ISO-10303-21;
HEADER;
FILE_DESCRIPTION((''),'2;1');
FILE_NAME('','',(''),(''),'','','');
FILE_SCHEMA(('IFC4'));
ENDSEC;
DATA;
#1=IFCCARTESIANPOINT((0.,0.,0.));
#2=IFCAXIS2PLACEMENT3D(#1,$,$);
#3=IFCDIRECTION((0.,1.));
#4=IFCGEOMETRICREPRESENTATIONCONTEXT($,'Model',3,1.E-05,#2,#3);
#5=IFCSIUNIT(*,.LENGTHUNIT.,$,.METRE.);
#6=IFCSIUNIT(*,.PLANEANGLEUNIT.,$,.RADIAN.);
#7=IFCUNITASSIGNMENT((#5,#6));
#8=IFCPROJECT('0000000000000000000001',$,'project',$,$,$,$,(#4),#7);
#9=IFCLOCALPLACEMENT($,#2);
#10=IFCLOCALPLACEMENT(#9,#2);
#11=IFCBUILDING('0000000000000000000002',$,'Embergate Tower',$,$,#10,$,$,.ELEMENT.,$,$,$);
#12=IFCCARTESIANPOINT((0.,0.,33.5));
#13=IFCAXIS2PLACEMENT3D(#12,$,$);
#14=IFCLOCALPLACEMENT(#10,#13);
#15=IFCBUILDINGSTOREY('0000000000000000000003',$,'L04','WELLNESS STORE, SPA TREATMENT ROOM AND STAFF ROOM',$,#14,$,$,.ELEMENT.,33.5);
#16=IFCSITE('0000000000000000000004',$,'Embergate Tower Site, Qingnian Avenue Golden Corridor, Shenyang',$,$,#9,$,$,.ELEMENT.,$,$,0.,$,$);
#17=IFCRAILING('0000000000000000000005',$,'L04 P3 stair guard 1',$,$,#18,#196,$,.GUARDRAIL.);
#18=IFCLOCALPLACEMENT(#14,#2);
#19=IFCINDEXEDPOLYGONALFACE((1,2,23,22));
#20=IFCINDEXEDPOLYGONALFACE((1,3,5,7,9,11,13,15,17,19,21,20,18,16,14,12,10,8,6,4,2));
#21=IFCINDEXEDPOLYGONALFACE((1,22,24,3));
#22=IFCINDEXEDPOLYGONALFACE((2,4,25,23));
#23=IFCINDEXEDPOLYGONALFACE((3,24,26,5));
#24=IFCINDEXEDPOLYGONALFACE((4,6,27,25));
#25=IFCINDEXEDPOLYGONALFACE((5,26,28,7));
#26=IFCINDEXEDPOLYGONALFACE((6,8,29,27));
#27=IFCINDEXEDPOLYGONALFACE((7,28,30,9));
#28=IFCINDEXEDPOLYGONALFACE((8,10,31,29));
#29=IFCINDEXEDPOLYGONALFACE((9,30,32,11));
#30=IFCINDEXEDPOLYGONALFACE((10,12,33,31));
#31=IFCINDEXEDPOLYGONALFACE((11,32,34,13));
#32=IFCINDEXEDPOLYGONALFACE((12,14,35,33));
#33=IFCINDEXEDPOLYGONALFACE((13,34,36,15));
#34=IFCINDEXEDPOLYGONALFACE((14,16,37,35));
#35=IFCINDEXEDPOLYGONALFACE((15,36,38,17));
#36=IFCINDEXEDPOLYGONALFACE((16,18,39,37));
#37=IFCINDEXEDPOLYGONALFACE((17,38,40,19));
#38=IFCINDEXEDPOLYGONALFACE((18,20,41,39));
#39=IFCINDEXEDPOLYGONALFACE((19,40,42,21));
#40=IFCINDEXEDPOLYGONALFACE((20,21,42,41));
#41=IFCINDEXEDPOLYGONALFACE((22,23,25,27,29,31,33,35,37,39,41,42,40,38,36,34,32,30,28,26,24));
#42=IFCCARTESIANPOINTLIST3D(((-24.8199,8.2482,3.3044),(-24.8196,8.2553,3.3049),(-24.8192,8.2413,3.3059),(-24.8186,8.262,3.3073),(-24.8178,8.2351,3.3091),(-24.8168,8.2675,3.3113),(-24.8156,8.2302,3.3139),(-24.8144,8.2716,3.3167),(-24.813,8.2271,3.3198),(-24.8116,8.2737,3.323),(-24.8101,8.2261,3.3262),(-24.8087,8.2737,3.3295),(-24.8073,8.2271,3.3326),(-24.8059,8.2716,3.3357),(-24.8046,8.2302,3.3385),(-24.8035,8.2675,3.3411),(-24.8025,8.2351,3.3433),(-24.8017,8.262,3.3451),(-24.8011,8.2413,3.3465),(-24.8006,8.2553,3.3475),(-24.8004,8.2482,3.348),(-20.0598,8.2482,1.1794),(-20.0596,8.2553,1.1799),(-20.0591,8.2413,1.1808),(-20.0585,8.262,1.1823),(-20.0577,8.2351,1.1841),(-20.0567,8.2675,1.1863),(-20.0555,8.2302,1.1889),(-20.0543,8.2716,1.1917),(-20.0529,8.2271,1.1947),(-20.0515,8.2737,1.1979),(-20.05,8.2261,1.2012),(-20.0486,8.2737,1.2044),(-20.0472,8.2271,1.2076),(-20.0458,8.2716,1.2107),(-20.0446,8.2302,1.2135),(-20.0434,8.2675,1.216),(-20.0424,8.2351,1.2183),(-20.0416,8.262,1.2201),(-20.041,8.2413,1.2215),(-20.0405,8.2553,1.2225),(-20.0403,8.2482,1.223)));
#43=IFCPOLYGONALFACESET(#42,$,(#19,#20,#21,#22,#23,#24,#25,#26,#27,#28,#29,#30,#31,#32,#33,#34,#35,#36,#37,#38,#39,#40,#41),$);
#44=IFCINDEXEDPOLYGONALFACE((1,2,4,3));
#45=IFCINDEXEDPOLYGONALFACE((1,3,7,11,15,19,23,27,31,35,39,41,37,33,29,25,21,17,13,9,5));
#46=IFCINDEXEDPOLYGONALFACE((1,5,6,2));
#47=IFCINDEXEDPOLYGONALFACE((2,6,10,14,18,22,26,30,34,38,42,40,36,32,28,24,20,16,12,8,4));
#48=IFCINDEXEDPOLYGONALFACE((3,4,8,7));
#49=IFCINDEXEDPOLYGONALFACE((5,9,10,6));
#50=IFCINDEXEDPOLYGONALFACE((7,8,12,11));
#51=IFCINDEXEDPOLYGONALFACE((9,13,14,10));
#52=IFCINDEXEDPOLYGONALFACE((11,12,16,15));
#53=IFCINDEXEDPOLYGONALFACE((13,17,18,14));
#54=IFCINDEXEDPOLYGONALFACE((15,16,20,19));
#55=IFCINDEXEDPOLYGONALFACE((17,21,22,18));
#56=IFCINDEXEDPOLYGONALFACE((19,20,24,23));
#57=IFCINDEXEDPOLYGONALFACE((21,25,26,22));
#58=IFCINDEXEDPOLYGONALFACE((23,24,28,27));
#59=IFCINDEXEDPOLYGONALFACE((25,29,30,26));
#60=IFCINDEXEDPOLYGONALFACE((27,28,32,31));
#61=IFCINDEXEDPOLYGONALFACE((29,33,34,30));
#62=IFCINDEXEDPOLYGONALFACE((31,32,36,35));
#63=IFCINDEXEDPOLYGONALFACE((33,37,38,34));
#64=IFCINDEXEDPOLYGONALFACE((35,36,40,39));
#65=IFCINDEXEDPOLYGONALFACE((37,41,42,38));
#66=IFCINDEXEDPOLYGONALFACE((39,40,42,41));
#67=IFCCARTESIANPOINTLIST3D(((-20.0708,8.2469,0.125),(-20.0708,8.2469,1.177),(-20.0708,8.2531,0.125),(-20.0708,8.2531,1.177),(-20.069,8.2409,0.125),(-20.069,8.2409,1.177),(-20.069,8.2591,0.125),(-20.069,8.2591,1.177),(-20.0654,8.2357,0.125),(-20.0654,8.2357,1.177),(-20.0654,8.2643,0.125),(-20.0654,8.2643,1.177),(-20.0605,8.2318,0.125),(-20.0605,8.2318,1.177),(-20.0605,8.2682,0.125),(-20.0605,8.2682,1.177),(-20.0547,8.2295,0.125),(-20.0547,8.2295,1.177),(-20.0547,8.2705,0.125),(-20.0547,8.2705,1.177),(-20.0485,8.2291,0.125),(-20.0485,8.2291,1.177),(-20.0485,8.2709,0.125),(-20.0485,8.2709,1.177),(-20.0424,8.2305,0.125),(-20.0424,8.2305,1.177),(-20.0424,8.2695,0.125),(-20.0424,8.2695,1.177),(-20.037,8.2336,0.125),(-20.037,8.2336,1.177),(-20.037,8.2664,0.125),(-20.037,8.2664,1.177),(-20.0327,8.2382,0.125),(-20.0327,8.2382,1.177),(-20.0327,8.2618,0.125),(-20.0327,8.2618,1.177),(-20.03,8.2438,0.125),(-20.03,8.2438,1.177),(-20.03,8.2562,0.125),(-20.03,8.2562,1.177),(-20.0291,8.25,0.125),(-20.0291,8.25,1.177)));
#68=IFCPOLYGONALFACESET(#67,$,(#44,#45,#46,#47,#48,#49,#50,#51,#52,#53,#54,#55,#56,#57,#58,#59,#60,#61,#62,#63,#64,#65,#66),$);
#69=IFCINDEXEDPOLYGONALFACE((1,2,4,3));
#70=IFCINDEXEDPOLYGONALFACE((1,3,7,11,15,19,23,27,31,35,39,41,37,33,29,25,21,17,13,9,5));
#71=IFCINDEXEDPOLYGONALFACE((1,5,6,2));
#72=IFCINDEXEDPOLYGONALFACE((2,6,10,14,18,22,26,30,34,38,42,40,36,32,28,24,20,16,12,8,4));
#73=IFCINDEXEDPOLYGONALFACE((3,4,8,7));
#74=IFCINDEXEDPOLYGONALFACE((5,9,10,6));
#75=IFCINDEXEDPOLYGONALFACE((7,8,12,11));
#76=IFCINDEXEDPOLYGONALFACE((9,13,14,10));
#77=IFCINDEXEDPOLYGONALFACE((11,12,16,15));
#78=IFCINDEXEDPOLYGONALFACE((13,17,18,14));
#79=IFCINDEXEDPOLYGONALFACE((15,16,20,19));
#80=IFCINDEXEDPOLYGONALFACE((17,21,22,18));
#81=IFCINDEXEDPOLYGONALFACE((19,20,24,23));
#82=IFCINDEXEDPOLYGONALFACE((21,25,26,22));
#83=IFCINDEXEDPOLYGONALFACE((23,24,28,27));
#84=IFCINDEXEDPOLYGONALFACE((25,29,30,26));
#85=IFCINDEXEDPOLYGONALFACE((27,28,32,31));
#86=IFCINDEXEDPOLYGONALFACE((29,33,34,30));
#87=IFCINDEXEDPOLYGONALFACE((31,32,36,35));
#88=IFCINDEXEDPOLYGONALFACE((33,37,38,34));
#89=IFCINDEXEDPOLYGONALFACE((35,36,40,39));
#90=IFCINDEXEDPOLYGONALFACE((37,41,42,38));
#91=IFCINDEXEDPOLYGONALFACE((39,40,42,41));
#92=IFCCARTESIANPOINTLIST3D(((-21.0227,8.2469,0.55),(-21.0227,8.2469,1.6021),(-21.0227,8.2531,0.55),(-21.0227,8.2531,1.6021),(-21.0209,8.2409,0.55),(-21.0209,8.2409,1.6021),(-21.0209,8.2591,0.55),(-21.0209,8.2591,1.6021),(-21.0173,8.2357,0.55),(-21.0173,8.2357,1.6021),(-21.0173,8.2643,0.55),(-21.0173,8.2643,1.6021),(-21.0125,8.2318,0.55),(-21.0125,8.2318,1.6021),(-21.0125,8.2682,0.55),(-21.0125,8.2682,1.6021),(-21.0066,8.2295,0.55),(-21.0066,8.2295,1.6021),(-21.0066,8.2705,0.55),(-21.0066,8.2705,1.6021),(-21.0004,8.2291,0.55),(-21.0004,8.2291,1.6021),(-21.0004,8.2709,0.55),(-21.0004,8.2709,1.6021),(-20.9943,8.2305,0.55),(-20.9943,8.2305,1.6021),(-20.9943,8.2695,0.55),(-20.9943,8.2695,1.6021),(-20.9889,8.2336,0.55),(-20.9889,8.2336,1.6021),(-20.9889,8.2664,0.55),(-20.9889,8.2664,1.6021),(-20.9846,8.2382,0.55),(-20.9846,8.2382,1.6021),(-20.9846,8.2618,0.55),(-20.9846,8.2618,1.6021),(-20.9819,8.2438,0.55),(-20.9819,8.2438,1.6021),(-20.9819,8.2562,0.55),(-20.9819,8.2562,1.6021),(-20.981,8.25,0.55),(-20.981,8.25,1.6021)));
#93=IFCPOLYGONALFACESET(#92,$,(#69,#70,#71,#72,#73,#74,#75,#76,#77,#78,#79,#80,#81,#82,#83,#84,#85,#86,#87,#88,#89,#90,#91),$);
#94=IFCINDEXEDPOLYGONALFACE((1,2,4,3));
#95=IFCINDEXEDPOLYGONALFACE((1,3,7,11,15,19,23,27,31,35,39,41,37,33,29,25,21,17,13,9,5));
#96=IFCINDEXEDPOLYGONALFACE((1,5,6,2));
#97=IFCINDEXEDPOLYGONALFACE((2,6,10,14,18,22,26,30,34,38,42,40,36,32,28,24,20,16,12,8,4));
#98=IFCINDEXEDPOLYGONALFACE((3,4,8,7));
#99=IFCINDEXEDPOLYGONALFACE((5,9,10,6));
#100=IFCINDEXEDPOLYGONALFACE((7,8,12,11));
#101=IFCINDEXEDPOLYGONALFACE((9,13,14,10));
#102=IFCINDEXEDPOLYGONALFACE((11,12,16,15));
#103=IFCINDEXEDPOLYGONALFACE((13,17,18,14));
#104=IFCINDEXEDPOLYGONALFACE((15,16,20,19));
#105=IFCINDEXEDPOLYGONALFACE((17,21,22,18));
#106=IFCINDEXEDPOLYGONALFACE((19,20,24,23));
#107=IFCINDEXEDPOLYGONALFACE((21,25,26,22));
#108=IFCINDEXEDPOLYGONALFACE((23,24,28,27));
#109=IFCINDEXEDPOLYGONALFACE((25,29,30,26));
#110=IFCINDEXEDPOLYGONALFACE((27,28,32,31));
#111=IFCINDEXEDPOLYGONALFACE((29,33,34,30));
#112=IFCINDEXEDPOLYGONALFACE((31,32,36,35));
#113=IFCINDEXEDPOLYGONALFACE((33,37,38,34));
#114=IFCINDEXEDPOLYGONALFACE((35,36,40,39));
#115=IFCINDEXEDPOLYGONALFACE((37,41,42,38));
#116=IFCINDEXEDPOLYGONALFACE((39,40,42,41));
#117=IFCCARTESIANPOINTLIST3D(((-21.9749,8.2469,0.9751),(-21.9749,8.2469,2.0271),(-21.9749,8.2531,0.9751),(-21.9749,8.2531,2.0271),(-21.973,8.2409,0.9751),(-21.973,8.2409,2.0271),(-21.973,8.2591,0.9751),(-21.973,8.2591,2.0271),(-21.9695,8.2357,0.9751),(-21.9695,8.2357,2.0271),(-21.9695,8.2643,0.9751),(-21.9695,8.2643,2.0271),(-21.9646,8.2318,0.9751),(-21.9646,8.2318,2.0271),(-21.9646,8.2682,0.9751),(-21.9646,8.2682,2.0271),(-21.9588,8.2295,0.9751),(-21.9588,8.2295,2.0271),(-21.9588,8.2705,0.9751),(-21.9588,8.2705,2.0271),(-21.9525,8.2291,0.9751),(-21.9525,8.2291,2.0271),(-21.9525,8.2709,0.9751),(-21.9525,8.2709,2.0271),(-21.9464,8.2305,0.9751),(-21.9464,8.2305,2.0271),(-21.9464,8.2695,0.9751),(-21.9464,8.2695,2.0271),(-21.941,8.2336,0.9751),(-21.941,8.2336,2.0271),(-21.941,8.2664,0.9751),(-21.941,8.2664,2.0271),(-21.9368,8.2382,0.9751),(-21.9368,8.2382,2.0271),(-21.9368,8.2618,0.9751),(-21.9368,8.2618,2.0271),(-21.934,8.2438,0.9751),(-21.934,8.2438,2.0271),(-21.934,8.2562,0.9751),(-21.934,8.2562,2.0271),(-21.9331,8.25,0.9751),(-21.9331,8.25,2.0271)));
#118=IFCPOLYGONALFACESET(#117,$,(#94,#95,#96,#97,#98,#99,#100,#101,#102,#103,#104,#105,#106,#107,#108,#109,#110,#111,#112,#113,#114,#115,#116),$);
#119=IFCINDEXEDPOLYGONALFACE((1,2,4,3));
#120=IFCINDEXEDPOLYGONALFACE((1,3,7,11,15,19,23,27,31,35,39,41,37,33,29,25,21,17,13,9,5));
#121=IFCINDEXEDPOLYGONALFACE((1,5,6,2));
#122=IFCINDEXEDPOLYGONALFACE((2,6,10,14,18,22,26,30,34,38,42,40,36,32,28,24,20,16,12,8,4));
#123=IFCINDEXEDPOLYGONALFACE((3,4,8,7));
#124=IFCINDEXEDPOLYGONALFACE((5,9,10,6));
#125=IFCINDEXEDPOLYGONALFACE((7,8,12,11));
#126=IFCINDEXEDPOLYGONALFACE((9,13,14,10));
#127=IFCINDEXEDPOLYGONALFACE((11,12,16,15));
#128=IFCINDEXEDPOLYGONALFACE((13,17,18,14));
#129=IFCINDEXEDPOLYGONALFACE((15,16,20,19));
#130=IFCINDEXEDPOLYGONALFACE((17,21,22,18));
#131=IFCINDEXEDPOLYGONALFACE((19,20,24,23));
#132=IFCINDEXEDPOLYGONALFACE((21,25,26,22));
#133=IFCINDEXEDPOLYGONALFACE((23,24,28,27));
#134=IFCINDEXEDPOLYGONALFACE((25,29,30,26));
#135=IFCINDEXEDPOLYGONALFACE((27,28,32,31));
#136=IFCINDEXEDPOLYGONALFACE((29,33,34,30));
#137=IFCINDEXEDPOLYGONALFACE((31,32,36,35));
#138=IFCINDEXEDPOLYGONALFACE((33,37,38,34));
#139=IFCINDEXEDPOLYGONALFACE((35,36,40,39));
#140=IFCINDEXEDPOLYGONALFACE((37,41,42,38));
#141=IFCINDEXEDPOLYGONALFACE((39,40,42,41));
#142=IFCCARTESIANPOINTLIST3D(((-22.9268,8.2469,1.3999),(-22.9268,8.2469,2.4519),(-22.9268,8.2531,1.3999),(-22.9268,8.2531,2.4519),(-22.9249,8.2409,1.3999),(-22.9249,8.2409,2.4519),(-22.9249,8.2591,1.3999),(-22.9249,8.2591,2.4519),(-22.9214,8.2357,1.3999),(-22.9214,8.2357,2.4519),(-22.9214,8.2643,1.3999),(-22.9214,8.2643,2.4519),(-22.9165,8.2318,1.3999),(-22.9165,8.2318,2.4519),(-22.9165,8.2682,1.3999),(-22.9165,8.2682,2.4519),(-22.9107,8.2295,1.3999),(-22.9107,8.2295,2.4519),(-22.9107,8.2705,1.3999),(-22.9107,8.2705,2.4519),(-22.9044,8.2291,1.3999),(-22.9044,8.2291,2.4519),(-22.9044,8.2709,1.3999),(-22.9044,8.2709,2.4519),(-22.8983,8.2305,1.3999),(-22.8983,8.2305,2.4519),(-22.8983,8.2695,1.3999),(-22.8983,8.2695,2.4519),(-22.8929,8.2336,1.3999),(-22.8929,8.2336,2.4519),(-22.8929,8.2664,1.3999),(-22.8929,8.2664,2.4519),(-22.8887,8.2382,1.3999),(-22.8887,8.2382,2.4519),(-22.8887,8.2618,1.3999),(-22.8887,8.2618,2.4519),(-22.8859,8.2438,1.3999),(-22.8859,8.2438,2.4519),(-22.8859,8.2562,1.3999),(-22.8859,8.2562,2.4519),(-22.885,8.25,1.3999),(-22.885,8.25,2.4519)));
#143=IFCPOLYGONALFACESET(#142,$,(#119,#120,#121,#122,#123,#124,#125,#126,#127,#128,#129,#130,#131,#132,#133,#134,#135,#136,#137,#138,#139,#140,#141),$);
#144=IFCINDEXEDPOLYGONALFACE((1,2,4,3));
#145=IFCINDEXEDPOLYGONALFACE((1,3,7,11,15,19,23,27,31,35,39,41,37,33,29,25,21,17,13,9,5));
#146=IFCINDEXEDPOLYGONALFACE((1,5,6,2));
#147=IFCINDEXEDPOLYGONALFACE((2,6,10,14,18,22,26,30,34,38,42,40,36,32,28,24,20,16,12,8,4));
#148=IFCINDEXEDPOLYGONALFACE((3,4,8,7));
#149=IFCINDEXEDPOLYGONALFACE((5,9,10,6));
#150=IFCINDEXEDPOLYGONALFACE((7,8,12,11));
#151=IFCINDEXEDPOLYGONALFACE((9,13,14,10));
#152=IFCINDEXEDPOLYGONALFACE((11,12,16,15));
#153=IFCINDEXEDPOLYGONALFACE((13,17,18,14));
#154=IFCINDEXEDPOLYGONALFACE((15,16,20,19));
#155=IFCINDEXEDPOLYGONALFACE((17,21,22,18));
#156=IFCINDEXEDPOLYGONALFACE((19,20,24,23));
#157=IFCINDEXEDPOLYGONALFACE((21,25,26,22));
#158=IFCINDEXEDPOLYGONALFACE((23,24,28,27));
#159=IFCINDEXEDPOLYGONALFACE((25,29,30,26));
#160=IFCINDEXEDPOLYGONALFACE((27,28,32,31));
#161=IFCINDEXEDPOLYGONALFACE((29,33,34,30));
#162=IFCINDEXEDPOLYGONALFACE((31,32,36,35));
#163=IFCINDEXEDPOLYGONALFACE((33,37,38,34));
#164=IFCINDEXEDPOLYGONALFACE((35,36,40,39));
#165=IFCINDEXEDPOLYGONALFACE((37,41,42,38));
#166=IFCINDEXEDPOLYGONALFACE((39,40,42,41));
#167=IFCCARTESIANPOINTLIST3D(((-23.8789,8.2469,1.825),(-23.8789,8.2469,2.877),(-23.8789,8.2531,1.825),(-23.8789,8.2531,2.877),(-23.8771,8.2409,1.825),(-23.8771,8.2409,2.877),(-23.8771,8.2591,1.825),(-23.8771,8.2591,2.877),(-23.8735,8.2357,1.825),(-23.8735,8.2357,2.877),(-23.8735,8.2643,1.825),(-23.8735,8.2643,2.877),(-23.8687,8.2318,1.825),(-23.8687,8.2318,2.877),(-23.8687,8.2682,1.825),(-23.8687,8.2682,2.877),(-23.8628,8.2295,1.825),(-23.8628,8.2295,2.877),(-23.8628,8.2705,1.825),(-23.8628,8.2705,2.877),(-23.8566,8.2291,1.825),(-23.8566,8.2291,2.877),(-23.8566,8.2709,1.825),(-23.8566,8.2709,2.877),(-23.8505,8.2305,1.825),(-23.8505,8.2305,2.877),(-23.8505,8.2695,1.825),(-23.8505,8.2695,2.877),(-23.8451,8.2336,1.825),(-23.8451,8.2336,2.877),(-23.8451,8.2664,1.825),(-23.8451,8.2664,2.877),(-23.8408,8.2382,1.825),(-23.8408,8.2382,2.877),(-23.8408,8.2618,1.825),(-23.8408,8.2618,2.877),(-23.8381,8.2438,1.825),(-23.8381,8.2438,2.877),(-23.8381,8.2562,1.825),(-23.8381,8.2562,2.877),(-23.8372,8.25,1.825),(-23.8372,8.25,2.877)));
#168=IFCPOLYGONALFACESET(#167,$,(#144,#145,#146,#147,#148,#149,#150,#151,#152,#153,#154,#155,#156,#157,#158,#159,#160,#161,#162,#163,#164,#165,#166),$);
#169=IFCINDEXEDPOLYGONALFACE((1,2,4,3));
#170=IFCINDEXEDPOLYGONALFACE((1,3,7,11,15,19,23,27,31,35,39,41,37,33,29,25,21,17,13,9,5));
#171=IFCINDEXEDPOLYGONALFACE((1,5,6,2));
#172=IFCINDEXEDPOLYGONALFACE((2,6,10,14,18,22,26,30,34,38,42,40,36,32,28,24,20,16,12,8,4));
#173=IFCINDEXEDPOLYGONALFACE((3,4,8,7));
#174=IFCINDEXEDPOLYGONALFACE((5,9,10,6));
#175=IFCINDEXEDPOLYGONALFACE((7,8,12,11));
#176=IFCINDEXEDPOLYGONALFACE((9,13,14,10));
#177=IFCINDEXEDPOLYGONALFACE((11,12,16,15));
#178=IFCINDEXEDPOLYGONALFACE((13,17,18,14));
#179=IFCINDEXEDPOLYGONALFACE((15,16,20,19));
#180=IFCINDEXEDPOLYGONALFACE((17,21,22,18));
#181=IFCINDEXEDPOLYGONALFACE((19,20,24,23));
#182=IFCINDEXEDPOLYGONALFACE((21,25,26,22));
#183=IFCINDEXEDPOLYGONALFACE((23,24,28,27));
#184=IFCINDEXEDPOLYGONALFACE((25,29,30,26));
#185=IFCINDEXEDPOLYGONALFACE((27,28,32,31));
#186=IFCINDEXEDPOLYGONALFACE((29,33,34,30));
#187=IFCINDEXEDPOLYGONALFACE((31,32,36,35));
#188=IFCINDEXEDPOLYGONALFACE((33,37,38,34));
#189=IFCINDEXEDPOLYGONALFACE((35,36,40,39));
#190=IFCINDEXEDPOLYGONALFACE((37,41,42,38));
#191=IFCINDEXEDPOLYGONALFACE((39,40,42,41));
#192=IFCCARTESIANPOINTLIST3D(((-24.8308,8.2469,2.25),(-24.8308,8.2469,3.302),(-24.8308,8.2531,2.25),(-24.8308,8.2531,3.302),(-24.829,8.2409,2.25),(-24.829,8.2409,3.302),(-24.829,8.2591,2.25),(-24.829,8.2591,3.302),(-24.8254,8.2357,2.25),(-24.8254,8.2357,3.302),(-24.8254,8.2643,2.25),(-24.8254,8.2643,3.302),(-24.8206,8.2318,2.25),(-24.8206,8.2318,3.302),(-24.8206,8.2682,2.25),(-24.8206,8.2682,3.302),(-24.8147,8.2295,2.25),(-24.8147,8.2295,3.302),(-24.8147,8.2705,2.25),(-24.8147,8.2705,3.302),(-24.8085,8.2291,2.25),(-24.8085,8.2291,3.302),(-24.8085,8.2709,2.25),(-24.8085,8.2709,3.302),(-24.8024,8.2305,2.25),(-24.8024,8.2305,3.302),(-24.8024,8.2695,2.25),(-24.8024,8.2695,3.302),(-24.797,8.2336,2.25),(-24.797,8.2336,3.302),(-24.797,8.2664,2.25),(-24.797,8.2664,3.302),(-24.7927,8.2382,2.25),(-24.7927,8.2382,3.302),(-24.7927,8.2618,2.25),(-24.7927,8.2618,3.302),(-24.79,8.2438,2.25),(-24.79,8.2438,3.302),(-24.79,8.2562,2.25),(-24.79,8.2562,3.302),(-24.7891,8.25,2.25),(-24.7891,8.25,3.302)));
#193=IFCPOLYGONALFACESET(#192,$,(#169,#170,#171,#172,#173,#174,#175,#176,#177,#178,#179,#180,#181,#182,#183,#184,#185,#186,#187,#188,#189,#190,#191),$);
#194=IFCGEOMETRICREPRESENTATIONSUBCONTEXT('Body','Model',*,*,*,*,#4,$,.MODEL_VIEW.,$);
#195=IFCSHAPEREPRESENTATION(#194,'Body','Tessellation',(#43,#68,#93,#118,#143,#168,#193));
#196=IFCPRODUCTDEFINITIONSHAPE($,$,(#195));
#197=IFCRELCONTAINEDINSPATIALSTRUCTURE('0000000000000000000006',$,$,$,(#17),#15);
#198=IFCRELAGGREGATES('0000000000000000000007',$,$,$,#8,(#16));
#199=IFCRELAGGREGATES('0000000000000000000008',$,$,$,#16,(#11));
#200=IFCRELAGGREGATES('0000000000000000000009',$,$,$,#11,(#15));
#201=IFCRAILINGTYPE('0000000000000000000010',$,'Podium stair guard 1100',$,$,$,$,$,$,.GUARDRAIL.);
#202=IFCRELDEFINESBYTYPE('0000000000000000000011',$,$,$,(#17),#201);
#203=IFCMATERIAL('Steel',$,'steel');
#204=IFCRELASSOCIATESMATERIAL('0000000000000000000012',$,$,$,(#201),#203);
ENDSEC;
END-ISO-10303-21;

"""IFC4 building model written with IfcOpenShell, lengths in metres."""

from ifc_helpers import new_model, si_unit, direction, frame, origin, origin_2d, place, context, subcontext, project, spatial, circle, extrude, source, transform, mapped, material, type_object, element, save


model = new_model("IFC4")

# Units and contexts
model_context = context("Model", 3, precision=1e-05, world=origin(), true_north=direction((0.0, 1.0)))
body_context = subcontext(model_context, "Body", "Model", "MODEL_VIEW")
ifc_project = project(units=[si_unit("LENGTHUNIT", "METRE"), si_unit("PLANEANGLEUNIT", "RADIAN")], contexts=[model_context])

# Site, building, storey
site_placement = place(None, origin())
site = spatial("IfcSite", under=ifc_project, at=site_placement, Name="Embergate Tower Site, Qingnian Avenue Golden Corridor, Shenyang", CompositionType="ELEMENT", RefElevation=0.0)
building_placement = place(site_placement, origin())
building = spatial("IfcBuilding", under=site, at=building_placement, Name="Embergate Tower", CompositionType="ELEMENT")
storey_placement = place(building_placement, frame((0.0, 0.0, 33.5)))
storey = spatial("IfcBuildingStorey", under=building, at=storey_placement, Name="L04", Description="WELLNESS STORE, SPA TREATMENT ROOM AND STAFF ROOM", CompositionType="ELEMENT", Elevation=33.5)

# Railing
ifc_material_1 = material(Name="Steel", Category="steel")
railing_type_1 = type_object("IfcRailingType", Name="Podium stair guard 1100", PredefinedType="GUARDRAIL", material=ifc_material_1)
shared_shape_1 = source(origin(), body_context, "Body", "SweptSolid", [
    extrude(circle(Radius=0.0239, at=origin_2d()), frame((0.0, 0.0, 1.0762), z_axis=(-0.913138, 0.0, 0.40765), x_axis=(0.0, -1.0, 0.0)), (0.0, 0.0, 1.0), 5.2129),
    extrude(circle(Radius=0.021, at=origin_2d()), origin(), (0.0, 0.0, 1.0), 1.052),
    extrude(circle(Radius=0.021, at=origin_2d()), frame((-0.9519, 0.0, 0.425)), (0.0, 0.0, 1.0), 1.052),
    extrude(circle(Radius=0.021, at=origin_2d()), frame((-1.9041, 0.0, 0.8501)), (0.0, 0.0, 1.0), 1.052),
    extrude(circle(Radius=0.021, at=origin_2d()), frame((-2.856, 0.0, 1.2749)), (0.0, 0.0, 1.0), 1.052),
    extrude(circle(Radius=0.021, at=origin_2d()), frame((-3.8081, 0.0, 1.7)), (0.0, 0.0, 1.0), 1.052),
    extrude(circle(Radius=0.021, at=origin_2d()), frame((-4.76, 0.0, 2.125)), (0.0, 0.0, 1.0), 1.052),
])
railing_1_placement = place(storey_placement, frame((-20.05, 8.25, 0.125)))
element("IfcRailing", 1, at=railing_1_placement, inside=storey, type_object=railing_type_1, Name="L04 P3 stair guard 1", PredefinedType="GUARDRAIL", context=body_context, shape_type="MappedRepresentation", body=[
    mapped(shared_shape_1, transform((0.0, 0.0, 0.0))),
])

save(model, "model.ifc")
